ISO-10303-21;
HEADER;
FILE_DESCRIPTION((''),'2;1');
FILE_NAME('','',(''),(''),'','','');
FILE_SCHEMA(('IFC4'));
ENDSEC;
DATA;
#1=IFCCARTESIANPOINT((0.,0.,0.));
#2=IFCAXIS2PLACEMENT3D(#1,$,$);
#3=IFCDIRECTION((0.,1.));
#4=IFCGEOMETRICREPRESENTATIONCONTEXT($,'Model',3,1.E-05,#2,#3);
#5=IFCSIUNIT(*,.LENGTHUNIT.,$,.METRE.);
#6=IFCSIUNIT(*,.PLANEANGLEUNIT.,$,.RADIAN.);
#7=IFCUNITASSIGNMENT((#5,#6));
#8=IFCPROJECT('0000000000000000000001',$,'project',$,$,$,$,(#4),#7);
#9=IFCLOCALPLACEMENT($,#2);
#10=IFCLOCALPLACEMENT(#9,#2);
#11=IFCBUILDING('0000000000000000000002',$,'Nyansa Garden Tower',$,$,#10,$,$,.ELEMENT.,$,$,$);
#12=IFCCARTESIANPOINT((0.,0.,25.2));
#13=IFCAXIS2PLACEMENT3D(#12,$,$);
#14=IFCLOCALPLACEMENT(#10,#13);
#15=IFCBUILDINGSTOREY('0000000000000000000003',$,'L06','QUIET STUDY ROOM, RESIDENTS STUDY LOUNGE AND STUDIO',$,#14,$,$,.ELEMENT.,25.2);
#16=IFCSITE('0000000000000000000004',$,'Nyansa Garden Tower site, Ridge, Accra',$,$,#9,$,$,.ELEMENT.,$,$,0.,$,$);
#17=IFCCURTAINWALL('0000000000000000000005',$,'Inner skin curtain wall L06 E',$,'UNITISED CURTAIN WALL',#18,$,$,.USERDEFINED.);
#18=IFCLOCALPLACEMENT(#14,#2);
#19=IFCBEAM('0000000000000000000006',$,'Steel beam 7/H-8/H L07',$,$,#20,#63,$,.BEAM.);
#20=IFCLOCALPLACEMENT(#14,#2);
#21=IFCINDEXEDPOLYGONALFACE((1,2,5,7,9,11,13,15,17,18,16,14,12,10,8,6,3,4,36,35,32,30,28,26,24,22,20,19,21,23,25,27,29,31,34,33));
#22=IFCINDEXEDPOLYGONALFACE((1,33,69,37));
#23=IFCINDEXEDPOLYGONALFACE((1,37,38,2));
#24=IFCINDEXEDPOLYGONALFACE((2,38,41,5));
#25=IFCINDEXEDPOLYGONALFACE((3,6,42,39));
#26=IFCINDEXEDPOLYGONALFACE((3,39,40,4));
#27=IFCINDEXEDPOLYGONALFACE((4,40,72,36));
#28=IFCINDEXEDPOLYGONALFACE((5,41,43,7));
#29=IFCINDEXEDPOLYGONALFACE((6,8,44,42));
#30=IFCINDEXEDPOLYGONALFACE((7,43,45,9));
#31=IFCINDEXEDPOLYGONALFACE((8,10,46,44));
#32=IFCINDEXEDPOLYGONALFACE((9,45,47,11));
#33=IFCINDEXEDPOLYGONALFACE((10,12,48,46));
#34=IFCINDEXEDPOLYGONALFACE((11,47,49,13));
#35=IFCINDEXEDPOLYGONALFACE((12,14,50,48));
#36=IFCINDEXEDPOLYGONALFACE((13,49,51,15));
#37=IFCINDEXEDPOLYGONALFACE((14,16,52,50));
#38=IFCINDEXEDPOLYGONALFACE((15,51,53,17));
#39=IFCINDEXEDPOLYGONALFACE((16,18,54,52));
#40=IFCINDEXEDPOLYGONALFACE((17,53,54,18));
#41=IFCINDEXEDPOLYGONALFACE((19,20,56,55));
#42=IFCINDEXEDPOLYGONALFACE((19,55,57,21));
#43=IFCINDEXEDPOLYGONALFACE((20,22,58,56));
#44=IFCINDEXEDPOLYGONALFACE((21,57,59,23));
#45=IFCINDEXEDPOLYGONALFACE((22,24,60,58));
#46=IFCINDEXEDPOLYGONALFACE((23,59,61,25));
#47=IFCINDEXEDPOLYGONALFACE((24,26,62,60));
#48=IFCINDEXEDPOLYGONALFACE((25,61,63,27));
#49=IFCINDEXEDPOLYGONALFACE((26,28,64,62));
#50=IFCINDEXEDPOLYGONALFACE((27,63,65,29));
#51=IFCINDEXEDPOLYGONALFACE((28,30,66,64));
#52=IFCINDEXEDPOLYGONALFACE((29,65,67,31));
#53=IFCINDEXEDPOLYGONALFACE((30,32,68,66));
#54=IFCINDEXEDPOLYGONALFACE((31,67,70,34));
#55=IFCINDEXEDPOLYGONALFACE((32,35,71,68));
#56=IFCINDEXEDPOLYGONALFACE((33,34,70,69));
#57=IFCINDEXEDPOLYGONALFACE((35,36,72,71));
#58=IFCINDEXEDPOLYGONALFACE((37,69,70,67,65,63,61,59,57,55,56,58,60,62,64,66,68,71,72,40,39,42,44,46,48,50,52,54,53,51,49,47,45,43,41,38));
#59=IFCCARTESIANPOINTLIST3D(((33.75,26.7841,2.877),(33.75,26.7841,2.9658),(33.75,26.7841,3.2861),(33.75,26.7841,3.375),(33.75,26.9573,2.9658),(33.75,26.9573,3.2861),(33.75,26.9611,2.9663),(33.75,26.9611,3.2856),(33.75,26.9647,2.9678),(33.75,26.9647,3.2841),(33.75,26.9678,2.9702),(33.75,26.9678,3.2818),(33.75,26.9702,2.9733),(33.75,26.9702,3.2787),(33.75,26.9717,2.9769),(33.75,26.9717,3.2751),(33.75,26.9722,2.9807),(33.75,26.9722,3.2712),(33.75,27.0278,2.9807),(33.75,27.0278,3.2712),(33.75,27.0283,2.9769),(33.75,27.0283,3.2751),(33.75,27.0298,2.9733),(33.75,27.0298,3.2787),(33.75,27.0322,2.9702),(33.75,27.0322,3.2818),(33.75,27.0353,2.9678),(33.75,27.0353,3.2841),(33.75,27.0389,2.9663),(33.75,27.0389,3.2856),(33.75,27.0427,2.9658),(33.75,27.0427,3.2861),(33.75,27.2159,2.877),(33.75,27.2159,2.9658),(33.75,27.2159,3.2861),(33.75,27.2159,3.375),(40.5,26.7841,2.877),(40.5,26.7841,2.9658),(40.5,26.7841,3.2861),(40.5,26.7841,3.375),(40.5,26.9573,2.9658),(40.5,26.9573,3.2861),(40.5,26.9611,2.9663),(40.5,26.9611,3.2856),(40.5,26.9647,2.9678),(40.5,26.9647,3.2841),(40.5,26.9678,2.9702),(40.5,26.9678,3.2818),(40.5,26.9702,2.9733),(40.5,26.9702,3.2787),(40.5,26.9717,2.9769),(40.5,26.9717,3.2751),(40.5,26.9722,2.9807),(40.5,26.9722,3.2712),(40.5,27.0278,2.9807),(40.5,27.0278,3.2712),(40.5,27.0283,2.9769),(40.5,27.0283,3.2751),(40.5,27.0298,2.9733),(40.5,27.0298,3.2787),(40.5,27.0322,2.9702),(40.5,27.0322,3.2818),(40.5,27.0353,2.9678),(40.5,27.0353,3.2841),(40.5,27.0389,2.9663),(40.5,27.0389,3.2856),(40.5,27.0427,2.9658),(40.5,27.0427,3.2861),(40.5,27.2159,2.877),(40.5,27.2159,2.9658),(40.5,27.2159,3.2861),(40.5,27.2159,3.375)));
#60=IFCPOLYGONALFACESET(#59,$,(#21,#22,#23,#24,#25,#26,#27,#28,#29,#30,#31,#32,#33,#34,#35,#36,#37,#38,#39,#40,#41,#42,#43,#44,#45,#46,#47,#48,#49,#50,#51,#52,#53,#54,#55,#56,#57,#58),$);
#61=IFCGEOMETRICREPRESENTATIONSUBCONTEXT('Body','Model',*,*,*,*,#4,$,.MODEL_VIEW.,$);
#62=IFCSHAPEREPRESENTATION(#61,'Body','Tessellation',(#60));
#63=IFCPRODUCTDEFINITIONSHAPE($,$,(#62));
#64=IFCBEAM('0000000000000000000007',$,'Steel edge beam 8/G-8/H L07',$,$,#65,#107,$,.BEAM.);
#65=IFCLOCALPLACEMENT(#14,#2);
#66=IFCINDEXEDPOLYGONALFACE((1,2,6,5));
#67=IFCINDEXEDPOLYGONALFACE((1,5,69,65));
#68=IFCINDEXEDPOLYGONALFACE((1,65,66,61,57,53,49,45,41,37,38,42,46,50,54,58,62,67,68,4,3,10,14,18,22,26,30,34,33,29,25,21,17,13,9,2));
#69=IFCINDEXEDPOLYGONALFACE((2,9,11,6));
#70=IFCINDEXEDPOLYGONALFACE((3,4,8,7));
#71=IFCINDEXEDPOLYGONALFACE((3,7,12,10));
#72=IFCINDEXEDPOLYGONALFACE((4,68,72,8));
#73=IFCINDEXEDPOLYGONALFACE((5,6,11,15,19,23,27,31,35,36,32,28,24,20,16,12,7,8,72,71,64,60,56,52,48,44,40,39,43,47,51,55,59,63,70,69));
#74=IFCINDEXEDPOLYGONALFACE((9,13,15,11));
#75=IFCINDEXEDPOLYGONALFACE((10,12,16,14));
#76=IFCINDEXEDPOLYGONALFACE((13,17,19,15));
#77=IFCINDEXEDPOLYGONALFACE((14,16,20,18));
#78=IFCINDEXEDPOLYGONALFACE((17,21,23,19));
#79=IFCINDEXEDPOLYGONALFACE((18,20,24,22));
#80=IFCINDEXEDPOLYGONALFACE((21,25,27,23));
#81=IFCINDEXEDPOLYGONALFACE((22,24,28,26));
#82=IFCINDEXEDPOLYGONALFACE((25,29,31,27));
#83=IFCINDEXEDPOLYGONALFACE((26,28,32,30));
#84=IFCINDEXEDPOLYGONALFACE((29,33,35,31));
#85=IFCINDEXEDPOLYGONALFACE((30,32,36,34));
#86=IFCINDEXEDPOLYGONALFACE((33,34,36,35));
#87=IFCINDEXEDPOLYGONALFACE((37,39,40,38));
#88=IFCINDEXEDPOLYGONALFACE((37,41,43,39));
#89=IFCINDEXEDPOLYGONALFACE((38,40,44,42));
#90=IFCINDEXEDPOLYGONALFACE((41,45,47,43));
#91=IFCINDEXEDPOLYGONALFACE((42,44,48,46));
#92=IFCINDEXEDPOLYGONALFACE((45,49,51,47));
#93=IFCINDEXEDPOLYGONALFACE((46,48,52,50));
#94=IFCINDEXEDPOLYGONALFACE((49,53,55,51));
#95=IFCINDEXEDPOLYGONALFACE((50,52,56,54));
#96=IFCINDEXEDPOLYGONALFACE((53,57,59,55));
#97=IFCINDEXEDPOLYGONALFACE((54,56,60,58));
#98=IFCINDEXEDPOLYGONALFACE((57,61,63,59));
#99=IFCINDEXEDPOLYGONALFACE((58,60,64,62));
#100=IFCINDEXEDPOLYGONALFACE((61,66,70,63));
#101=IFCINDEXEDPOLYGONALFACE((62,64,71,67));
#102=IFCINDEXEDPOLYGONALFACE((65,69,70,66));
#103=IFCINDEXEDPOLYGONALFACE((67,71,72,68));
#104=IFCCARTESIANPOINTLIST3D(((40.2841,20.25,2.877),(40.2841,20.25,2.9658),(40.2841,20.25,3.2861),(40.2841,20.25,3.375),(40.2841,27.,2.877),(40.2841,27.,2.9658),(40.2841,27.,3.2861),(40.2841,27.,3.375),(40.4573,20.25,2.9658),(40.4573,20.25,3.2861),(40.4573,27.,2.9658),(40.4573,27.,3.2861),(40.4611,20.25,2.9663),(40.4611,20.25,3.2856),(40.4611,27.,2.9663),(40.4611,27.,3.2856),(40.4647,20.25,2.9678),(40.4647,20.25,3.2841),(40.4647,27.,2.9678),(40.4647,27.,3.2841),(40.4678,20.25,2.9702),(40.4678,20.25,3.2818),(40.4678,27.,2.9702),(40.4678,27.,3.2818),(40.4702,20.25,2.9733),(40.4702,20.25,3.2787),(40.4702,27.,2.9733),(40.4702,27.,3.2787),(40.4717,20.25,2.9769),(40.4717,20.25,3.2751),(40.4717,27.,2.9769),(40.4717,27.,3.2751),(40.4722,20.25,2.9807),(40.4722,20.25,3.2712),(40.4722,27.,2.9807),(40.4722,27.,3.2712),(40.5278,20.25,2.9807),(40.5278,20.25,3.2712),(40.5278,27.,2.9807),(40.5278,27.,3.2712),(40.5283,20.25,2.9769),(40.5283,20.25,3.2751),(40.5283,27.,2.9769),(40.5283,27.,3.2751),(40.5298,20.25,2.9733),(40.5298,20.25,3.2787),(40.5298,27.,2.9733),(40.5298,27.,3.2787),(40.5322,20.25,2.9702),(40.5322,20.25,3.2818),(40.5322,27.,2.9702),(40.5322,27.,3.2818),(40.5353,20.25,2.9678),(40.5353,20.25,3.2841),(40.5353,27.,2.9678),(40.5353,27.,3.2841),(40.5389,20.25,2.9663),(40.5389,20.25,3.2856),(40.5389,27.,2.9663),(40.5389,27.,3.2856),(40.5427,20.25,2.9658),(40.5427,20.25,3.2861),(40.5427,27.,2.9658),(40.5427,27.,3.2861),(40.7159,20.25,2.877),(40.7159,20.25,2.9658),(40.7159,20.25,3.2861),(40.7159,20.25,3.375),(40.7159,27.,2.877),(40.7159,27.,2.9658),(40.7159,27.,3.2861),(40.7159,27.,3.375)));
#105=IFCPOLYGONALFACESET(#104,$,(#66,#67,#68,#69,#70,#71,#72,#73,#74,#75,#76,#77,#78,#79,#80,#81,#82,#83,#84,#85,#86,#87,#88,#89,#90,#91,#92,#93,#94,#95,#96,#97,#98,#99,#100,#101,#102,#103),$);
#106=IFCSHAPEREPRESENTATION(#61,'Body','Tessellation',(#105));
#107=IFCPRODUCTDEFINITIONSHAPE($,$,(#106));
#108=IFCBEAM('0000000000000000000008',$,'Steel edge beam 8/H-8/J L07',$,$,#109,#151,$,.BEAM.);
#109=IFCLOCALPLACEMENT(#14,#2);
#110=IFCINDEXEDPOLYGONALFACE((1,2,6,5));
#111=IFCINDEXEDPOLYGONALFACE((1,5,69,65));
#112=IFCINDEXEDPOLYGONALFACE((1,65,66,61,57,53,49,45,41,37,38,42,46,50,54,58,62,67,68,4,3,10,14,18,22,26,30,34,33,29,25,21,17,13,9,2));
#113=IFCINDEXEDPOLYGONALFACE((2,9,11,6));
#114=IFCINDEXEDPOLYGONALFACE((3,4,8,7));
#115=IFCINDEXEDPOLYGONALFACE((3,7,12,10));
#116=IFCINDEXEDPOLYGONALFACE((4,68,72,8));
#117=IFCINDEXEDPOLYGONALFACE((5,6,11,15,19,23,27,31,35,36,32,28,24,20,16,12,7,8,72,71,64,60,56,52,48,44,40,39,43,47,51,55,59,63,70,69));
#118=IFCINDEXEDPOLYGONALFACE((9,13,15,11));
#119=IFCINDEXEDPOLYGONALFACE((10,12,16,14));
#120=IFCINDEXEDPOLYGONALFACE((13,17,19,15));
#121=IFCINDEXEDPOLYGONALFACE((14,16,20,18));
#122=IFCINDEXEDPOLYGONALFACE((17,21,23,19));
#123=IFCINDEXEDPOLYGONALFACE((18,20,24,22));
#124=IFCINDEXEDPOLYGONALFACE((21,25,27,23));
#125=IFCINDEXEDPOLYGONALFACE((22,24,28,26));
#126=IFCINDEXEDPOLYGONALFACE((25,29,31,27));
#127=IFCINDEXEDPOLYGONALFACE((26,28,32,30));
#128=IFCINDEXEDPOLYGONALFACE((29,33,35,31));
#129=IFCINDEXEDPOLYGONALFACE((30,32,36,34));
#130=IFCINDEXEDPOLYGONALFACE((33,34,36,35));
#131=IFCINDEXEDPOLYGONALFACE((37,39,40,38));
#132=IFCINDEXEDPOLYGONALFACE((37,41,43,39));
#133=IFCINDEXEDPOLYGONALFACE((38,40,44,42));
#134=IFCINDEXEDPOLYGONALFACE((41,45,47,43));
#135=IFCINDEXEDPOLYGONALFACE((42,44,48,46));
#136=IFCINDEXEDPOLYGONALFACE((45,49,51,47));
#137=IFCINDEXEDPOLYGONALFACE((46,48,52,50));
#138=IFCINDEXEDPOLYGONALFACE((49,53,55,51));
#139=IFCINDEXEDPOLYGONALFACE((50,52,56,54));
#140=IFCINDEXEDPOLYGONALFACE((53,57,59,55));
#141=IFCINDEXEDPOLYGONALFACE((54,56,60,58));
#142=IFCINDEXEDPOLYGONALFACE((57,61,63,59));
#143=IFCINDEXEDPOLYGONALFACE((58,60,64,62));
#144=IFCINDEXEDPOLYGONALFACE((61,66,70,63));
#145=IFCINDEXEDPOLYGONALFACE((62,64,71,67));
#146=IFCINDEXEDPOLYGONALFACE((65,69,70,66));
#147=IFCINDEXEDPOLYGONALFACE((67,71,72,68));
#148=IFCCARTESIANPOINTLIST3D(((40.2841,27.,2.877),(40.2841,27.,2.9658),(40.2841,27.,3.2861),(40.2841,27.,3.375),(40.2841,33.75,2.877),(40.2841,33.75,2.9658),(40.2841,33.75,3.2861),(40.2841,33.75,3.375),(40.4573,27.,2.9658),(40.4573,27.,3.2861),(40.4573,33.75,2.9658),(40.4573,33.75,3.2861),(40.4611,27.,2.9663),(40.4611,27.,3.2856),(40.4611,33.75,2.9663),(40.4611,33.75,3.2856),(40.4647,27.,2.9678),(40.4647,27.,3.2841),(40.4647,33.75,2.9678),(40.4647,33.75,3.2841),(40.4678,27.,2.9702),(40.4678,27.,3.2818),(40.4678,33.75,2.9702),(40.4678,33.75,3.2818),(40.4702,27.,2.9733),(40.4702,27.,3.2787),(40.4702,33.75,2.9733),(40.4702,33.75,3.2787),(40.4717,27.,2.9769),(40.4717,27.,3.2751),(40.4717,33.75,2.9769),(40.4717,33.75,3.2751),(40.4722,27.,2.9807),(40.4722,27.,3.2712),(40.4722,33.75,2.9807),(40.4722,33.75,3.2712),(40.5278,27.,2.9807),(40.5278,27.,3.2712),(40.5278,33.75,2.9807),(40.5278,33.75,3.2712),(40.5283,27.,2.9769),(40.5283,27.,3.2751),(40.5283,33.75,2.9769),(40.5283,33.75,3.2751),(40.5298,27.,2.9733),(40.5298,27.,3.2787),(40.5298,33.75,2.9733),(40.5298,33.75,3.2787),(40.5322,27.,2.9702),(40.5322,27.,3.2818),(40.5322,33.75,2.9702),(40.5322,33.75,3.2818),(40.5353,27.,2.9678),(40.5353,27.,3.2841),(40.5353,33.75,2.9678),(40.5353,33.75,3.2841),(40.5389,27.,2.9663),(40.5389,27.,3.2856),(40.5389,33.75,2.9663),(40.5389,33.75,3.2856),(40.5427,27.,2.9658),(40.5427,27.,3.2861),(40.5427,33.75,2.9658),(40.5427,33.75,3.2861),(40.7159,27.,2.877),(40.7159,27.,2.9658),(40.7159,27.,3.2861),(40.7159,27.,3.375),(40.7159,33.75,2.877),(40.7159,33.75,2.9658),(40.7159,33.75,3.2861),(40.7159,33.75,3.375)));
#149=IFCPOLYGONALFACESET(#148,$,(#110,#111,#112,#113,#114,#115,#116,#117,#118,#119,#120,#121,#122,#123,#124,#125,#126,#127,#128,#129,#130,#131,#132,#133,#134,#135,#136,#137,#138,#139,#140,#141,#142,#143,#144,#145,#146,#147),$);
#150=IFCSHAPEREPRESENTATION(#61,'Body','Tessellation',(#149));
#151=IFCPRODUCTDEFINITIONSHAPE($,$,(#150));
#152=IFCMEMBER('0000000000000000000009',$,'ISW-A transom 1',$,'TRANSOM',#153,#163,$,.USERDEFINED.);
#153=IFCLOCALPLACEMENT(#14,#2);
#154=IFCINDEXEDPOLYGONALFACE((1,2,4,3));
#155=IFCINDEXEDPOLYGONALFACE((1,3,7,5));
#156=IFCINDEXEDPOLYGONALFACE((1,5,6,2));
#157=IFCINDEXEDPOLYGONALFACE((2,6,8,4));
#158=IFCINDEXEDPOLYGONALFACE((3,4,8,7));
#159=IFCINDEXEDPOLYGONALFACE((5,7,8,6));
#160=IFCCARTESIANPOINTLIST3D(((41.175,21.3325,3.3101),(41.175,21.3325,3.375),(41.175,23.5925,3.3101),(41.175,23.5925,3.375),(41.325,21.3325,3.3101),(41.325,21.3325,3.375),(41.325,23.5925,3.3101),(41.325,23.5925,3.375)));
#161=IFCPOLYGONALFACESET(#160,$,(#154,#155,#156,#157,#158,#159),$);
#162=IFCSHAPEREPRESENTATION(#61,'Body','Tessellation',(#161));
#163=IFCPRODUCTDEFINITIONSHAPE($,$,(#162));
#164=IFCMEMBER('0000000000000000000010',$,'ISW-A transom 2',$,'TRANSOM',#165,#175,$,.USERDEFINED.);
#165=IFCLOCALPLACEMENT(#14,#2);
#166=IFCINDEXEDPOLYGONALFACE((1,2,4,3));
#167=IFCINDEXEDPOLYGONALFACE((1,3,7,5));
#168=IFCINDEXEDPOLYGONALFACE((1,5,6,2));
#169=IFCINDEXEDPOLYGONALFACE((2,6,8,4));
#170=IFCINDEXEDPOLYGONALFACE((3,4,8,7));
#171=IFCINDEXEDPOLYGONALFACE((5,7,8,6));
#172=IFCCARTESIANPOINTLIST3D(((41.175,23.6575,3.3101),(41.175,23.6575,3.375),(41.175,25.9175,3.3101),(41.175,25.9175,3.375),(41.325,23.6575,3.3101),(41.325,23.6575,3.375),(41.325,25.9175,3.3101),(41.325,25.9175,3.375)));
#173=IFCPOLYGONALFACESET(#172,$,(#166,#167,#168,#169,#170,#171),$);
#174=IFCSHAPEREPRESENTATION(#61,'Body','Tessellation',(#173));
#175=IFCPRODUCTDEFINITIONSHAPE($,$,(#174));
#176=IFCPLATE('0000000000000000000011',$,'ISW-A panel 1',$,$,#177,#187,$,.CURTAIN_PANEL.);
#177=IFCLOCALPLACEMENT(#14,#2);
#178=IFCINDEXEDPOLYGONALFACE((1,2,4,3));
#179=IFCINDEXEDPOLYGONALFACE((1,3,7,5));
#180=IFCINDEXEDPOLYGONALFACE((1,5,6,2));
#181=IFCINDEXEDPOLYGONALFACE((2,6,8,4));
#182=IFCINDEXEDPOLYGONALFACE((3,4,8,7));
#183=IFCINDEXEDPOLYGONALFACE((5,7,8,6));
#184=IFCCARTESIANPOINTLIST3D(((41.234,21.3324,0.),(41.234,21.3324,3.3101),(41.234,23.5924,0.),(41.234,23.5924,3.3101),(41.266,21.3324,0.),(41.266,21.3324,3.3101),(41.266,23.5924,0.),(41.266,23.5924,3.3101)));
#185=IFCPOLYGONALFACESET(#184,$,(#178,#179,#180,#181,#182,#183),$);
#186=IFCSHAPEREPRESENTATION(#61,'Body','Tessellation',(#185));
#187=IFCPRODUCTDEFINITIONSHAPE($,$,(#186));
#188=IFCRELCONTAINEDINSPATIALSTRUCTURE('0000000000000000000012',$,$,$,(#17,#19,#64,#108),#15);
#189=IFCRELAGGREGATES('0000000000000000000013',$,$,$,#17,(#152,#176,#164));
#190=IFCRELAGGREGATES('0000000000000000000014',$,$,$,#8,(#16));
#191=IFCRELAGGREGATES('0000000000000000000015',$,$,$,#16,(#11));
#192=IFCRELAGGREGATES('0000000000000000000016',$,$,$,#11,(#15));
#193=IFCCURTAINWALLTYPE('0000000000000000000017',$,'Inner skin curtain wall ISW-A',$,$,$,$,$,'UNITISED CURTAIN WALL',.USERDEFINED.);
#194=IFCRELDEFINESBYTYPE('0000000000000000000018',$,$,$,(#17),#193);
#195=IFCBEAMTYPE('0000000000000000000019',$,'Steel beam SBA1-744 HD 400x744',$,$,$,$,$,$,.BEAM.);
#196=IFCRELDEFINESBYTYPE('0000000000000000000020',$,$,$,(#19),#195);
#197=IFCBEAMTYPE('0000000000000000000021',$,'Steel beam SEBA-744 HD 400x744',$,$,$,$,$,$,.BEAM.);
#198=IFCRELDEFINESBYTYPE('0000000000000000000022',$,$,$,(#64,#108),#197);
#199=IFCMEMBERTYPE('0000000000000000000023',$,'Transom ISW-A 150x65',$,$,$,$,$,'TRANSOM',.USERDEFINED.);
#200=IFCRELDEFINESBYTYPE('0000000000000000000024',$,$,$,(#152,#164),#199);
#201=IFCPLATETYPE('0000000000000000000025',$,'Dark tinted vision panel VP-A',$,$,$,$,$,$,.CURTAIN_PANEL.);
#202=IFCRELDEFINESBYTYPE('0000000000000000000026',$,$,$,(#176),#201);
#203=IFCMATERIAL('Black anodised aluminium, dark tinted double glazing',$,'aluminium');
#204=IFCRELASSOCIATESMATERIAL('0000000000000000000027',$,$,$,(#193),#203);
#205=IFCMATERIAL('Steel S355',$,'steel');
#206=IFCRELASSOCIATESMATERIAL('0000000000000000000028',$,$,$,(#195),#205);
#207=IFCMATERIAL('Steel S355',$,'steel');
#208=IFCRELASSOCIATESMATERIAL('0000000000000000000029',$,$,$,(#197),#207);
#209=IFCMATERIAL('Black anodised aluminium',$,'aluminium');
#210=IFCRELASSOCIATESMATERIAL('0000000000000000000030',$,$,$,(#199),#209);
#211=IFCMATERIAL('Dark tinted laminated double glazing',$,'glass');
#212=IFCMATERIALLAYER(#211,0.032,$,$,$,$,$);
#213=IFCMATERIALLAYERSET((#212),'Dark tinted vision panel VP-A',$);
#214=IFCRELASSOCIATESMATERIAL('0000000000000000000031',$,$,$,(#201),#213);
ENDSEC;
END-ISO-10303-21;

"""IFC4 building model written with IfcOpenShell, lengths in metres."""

from ifc_helpers import new_model, si_unit, direction, frame, origin, origin_2d, place, context, subcontext, project, spatial, rectangle, i_section, extrude, material, layer, layer_set, material_profile, profile_set, type_object, element, aggregate, save


model = new_model("IFC4")

# Units and contexts
model_context = context("Model", 3, precision=1e-05, world=origin(), true_north=direction((0.0, 1.0)))
body_context = subcontext(model_context, "Body", "Model", "MODEL_VIEW")
ifc_project = project(units=[si_unit("LENGTHUNIT", "METRE"), si_unit("PLANEANGLEUNIT", "RADIAN")], contexts=[model_context])

# Site, building, storey
site_placement = place(None, origin())
site = spatial("IfcSite", under=ifc_project, at=site_placement, Name="Nyansa Garden Tower site, Ridge, Accra", CompositionType="ELEMENT", RefElevation=0.0)
building_placement = place(site_placement, origin())
building = spatial("IfcBuilding", under=site, at=building_placement, Name="Nyansa Garden Tower", CompositionType="ELEMENT")
storey_placement = place(building_placement, frame((0.0, 0.0, 25.2)))
storey = spatial("IfcBuildingStorey", under=building, at=storey_placement, Name="L06", Description="QUIET STUDY ROOM, RESIDENTS STUDY LOUNGE AND STUDIO", CompositionType="ELEMENT", Elevation=25.2)

# Curtain wall
ifc_material_1 = material(Name="Black anodised aluminium, dark tinted double glazing", Category="aluminium")
curtain_wall_type = type_object("IfcCurtainWallType", Name="Inner skin curtain wall ISW-A", ElementType="UNITISED CURTAIN WALL", PredefinedType="USERDEFINED", material=ifc_material_1)
curtain_wall_placement = place(storey_placement, origin())
curtain_wall = element("IfcCurtainWall", 1, at=curtain_wall_placement, inside=storey, type_object=curtain_wall_type, Name="Inner skin curtain wall L06 E", ObjectType="UNITISED CURTAIN WALL", PredefinedType="USERDEFINED")

# Beams
ifc_material_2 = material(Name="Steel S355", Category="steel")
ifc_material_profile_1 = material_profile(ifc_material_2, i_section(OverallWidth=0.4319, OverallDepth=0.498, WebThickness=0.0557, FlangeThickness=0.0889, FilletRadius=0.0149, at=origin_2d()), Name="HD 400x744")
ifc_profile_set_1 = profile_set([ifc_material_profile_1], Name="Steel S355")
beam_type_1 = type_object("IfcBeamType", Name="Steel beam SBA1-744 HD 400x744", PredefinedType="BEAM", material=ifc_profile_set_1)
for number, where, z_axis, x_axis, name in (
    (2, (33.75, 27.0, 3.126), (1.0, 0.0, 0.0), (0.0, 1.0, 0.0), "Steel beam 7/H-8/H L07"),
):
    element("IfcBeam", number, at=place(storey_placement, frame(where, z_axis=z_axis, x_axis=x_axis)), inside=storey, type_object=beam_type_1, Name=name, PredefinedType="BEAM", context=body_context, shape_type="SweptSolid", body=[
        extrude(i_section(OverallWidth=0.4319, OverallDepth=0.498, WebThickness=0.0557, FlangeThickness=0.0889, FilletRadius=0.0149, at=origin_2d()), origin(), (0.0, 0.0, 1.0), 6.75),
    ])
ifc_material_3 = material(Name="Steel S355", Category="steel")
ifc_material_profile_2 = material_profile(ifc_material_3, i_section(OverallWidth=0.4319, OverallDepth=0.498, WebThickness=0.0557, FlangeThickness=0.0889, FilletRadius=0.0149, at=origin_2d()), Name="HD 400x744")
ifc_profile_set_2 = profile_set([ifc_material_profile_2], Name="Steel S355")
beam_type_2 = type_object("IfcBeamType", Name="Steel beam SEBA-744 HD 400x744", PredefinedType="BEAM", material=ifc_profile_set_2)
for number, where, z_axis, x_axis, name in (
    (3, (40.5, 20.25, 3.126), (0.0, 1.0, 0.0), (-1.0, 0.0, 0.0), "Steel edge beam 8/G-8/H L07"),
    (4, (40.5, 27.0, 3.126), (0.0, 1.0, 0.0), (-1.0, 0.0, 0.0), "Steel edge beam 8/H-8/J L07"),
):
    element("IfcBeam", number, at=place(storey_placement, frame(where, z_axis=z_axis, x_axis=x_axis)), inside=storey, type_object=beam_type_2, Name=name, PredefinedType="BEAM", context=body_context, shape_type="SweptSolid", body=[
        extrude(i_section(OverallWidth=0.4319, OverallDepth=0.498, WebThickness=0.0557, FlangeThickness=0.0889, FilletRadius=0.0149, at=origin_2d()), origin(), (0.0, 0.0, 1.0), 6.75),
    ])

# Members
ifc_material_4 = material(Name="Black anodised aluminium", Category="aluminium")
ifc_material_profile_3 = material_profile(ifc_material_4, rectangle(XDim=0.1499, YDim=0.0649, at=origin_2d()), Name="Transom 150x65")
ifc_profile_set_3 = profile_set([ifc_material_profile_3], Name="Black anodised aluminium")
member_type_1 = type_object("IfcMemberType", Name="Transom ISW-A 150x65", ElementType="TRANSOM", PredefinedType="USERDEFINED", material=ifc_profile_set_3)
member_1_placement = place(storey_placement, frame((41.25, 21.3325, 3.3425), z_axis=(0.0, 1.0, 0.0), x_axis=(-1.0, 0.0, 0.0)))
member_1 = element("IfcMember", 5, at=member_1_placement, type_object=member_type_1, Name="ISW-A transom 1", ObjectType="TRANSOM", PredefinedType="USERDEFINED", context=body_context, shape_type="SweptSolid", body=[
    extrude(rectangle(XDim=0.1499, YDim=0.0649, at=origin_2d()), origin(), (0.0, 0.0, 1.0), 2.26),
])
member_2_placement = place(storey_placement, frame((41.25, 23.6575, 3.3425), z_axis=(0.0, 1.0, 0.0), x_axis=(-1.0, 0.0, 0.0)))
member_2 = element("IfcMember", 6, at=member_2_placement, type_object=member_type_1, Name="ISW-A transom 2", ObjectType="TRANSOM", PredefinedType="USERDEFINED", context=body_context, shape_type="SweptSolid", body=[
    extrude(rectangle(XDim=0.1499, YDim=0.0649, at=origin_2d()), origin(), (0.0, 0.0, 1.0), 2.26),
])

# Plate
ifc_material_5 = material(Name="Dark tinted laminated double glazing", Category="glass")
ifc_layer_1 = layer(ifc_material_5, 0.032)
ifc_layer_set_1 = layer_set([ifc_layer_1], Name="Dark tinted vision panel VP-A")
plate_type_1 = type_object("IfcPlateType", Name="Dark tinted vision panel VP-A", PredefinedType="CURTAIN_PANEL", material=ifc_layer_set_1)
plate_1_placement = place(storey_placement, frame((41.25, 22.4624, 0.0), z_axis=(0.0, 0.0, 1.0), x_axis=(0.0, 1.0, 0.0)))
plate_1 = element("IfcPlate", 7, at=plate_1_placement, type_object=plate_type_1, Name="ISW-A panel 1", PredefinedType="CURTAIN_PANEL", context=body_context, shape_type="SweptSolid", body=[
    extrude(rectangle(XDim=2.26, YDim=0.032, at=origin_2d()), origin(), (0.0, 0.0, 1.0), 3.3101),
])
aggregate(curtain_wall, [member_1, plate_1, member_2])

save(model, "model.ifc")
